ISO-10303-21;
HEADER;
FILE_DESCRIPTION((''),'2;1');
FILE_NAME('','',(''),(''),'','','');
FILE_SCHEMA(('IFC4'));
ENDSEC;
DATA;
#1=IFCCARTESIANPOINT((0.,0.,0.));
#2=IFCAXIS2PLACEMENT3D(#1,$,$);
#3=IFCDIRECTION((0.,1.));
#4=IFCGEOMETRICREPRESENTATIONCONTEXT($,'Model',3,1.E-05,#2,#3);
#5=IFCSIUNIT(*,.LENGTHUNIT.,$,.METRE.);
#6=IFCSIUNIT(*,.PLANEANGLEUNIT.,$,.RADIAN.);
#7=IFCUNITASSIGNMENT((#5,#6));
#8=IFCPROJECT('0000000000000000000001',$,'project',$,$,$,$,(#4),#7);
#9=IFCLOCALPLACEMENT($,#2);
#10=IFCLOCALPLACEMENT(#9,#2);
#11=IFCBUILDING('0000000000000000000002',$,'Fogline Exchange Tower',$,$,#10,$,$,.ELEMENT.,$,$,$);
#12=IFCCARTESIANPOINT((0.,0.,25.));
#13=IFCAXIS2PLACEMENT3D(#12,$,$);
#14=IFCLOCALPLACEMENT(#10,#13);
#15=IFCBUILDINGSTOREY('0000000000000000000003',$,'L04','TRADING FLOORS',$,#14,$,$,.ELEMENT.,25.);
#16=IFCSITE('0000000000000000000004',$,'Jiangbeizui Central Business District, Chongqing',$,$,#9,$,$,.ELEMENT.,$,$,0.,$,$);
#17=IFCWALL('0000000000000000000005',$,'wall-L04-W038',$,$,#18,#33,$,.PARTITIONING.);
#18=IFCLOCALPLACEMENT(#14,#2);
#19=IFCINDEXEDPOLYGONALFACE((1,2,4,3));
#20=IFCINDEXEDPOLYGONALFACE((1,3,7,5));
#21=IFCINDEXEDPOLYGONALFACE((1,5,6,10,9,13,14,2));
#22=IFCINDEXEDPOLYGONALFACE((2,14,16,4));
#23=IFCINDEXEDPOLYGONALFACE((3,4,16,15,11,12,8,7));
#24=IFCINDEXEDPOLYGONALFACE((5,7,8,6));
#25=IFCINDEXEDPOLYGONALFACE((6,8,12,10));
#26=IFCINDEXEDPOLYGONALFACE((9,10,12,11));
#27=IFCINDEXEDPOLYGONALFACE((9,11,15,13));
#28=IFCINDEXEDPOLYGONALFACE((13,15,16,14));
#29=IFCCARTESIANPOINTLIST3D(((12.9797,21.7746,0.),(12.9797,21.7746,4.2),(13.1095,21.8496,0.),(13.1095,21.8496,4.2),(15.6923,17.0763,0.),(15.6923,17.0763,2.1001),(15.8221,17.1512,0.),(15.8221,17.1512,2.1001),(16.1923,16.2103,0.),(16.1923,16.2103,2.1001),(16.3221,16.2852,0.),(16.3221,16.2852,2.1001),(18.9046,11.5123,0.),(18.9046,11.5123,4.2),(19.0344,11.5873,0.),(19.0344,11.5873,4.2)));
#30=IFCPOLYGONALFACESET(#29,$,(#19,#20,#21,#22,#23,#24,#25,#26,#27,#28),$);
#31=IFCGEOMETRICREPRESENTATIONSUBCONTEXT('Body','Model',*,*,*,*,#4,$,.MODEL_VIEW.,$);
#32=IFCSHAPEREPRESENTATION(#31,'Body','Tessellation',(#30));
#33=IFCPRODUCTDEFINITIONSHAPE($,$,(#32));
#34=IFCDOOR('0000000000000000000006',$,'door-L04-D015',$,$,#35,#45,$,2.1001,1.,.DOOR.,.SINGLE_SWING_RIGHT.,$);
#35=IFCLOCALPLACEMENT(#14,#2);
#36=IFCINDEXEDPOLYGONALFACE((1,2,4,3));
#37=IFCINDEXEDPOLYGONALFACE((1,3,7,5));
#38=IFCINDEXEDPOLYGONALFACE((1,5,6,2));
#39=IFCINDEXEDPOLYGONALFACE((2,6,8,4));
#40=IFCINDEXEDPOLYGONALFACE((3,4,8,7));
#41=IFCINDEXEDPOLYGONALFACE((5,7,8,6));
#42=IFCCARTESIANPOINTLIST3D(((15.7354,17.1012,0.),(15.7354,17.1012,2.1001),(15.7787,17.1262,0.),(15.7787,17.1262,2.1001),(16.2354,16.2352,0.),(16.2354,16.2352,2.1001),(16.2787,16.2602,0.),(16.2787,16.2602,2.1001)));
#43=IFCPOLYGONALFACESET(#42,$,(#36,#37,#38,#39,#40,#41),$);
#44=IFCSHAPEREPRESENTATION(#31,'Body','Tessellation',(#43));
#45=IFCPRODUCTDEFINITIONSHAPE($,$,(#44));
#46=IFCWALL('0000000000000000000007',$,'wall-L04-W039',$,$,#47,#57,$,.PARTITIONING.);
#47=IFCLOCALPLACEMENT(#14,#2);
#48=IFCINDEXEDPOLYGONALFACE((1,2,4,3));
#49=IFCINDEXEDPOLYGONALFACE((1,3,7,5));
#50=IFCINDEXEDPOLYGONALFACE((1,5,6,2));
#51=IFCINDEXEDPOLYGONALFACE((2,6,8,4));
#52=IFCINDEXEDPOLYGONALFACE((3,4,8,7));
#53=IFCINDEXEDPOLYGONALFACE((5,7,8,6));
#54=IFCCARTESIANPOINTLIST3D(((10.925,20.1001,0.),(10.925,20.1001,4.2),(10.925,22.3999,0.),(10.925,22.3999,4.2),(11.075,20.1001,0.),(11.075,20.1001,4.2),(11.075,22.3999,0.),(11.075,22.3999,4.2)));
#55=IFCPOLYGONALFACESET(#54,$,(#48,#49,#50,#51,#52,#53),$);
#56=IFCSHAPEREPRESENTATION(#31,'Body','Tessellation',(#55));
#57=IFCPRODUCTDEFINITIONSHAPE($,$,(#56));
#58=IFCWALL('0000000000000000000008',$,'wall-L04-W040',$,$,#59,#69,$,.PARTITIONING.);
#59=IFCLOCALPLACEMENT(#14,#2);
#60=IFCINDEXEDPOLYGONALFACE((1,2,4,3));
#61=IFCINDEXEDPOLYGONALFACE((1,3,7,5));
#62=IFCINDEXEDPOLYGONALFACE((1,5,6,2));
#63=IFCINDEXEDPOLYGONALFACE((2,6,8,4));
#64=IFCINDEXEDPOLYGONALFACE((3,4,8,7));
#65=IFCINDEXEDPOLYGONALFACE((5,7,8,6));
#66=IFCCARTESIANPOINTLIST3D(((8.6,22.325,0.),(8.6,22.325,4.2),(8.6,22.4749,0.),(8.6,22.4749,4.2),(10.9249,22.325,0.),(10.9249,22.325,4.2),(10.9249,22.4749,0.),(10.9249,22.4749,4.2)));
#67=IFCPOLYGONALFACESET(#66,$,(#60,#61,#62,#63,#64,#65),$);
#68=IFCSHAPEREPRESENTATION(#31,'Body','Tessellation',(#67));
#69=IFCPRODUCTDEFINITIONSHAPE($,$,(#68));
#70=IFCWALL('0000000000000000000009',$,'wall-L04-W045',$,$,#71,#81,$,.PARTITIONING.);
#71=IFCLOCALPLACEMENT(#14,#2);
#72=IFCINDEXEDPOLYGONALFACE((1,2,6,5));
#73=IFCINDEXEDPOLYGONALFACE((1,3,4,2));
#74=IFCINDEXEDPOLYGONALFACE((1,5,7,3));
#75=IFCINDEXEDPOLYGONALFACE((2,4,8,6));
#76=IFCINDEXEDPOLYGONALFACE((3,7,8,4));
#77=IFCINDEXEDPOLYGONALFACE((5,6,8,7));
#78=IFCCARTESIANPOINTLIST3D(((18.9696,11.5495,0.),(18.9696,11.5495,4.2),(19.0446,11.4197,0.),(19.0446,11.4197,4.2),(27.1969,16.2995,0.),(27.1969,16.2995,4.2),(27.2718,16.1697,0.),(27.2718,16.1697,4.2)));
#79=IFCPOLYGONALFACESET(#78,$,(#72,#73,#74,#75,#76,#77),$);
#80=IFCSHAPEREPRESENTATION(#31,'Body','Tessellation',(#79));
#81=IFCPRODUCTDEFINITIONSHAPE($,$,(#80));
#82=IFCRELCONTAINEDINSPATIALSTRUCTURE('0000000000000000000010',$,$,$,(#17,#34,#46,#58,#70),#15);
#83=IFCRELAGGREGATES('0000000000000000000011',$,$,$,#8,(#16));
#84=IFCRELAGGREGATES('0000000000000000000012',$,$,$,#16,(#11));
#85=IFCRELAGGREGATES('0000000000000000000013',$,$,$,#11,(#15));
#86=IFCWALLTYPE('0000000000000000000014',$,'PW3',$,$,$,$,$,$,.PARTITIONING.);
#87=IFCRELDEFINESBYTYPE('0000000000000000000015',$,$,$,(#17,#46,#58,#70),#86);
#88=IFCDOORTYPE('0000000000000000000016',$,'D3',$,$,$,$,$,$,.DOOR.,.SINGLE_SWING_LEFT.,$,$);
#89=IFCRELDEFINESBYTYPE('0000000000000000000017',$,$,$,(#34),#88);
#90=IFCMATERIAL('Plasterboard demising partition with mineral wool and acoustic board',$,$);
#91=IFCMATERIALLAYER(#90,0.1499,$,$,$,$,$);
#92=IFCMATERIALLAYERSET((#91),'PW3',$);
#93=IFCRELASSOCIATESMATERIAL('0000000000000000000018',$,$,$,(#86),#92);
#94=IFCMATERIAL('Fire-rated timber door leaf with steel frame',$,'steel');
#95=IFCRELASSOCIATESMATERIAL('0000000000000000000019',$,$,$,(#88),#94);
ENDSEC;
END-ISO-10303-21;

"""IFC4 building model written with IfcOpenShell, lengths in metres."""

from ifc_helpers import new_model, si_unit, direction, frame, frame_2d, origin, place, context, subcontext, project, spatial, rectangle, extrude, material, layer, layer_set, type_object, element, fill, save


model = new_model("IFC4")

# Units and contexts
model_context = context("Model", 3, precision=1e-05, world=origin(), true_north=direction((0.0, 1.0)))
body_context = subcontext(model_context, "Body", "Model", "MODEL_VIEW")
ifc_project = project(units=[si_unit("LENGTHUNIT", "METRE"), si_unit("PLANEANGLEUNIT", "RADIAN")], contexts=[model_context])

# Site, building, storey
site_placement = place(None, origin())
site = spatial("IfcSite", under=ifc_project, at=site_placement, Name="Jiangbeizui Central Business District, Chongqing", CompositionType="ELEMENT", RefElevation=0.0)
building_placement = place(site_placement, origin())
building = spatial("IfcBuilding", under=site, at=building_placement, Name="Fogline Exchange Tower", CompositionType="ELEMENT")
storey_placement = place(building_placement, frame((0.0, 0.0, 25.0)))
storey = spatial("IfcBuildingStorey", under=building, at=storey_placement, Name="L04", Description="TRADING FLOORS", CompositionType="ELEMENT", Elevation=25.0)

# Shared definitions
ifc_material_1 = material(Name="Plasterboard demising partition with mineral wool and acoustic board")
ifc_layer_1 = layer(ifc_material_1, 0.1499)
ifc_layer_set_1 = layer_set([ifc_layer_1], Name="PW3")
wall_type_1 = type_object("IfcWallType", Name="PW3", PredefinedType="PARTITIONING", material=ifc_layer_set_1)
ifc_material_2 = material(Name="Fire-rated timber door leaf with steel frame", Category="steel")
door_type_1 = type_object("IfcDoorType", Name="D3", OperationType="SINGLE_SWING_LEFT", PredefinedType="DOOR", material=ifc_material_2)

# Wall, opening, door
wall_1_placement = place(storey_placement, frame((13.0447, 21.812, 0.0), z_axis=(0.0, 0.0, 1.0), x_axis=(0.499995, -0.866028, 0.0)))
wall_1 = element("IfcWall", 1, at=wall_1_placement, inside=storey, type_object=wall_type_1, Name="wall-L04-W038", PredefinedType="PARTITIONING", context=body_context, shape_type="SweptSolid", body=[
    extrude(rectangle(XDim=11.8499, YDim=0.1499, at=frame_2d((5.9248, 0.0))), origin(), (0.0, 0.0, 1.0), 4.2),
])
opening_1_placement = place(wall_1_placement, frame((5.425, 0.0, 0.0)))
opening_1 = element("IfcOpeningElement", 2, at=opening_1_placement, cuts=wall_1, PredefinedType="OPENING", context=body_context, shape_type="SweptSolid", body=[
    extrude(rectangle(XDim=1.0, YDim=2.1001, at=frame_2d((0.5, 1.05))), frame((0.0, 0.085, 0.0), z_axis=(0.0, -1.0, 0.0), x_axis=(1.0, 0.0, 0.0)), (0.0, 0.0, 1.0), 0.1699),
])
door_1_placement = place(opening_1_placement, origin())
door_1 = element("IfcDoor", 3, at=door_1_placement, inside=storey, type_object=door_type_1, Name="door-L04-D015", OperationType="SINGLE_SWING_RIGHT", OverallHeight=2.1001, OverallWidth=1.0, PredefinedType="DOOR", context=body_context, shape_type="SweptSolid", body=[
    extrude(rectangle(XDim=1.0, YDim=2.1001, at=frame_2d((0.5, 1.05))), frame((0.0, 0.0249, 0.0), z_axis=(0.0, -1.0, 0.0), x_axis=(1.0, 0.0, 0.0)), (0.0, 0.0, 1.0), 0.05),
])
fill(opening_1, door_1)

# Walls
wall_2_placement = place(storey_placement, frame((11.0, 20.1001, 0.0), z_axis=(0.0, 0.0, 1.0), x_axis=(0.0, 1.0, 0.0)))
element("IfcWall", 4, at=wall_2_placement, inside=storey, type_object=wall_type_1, Name="wall-L04-W039", PredefinedType="PARTITIONING", context=body_context, shape_type="SweptSolid", body=[
    extrude(rectangle(XDim=2.2998, YDim=0.1499, at=frame_2d((1.1499, 0.0))), origin(), (0.0, 0.0, 1.0), 4.2),
])
wall_3_placement = place(storey_placement, frame((10.925, 22.3999, 0.0), z_axis=(0.0, 0.0, 1.0), x_axis=(-1.0, 0.0, 0.0)))
element("IfcWall", 5, at=wall_3_placement, inside=storey, type_object=wall_type_1, Name="wall-L04-W040", PredefinedType="PARTITIONING", context=body_context, shape_type="SweptSolid", body=[
    extrude(rectangle(XDim=2.325, YDim=0.1499, at=frame_2d((1.1626, 0.0))), origin(), (0.0, 0.0, 1.0), 4.2),
])
wall_4_placement = place(storey_placement, frame((19.0071, 11.4846, 0.0), z_axis=(0.0, 0.0, 1.0), x_axis=(0.866027, 0.499998, 0.0)))
element("IfcWall", 6, at=wall_4_placement, inside=storey, type_object=wall_type_1, Name="wall-L04-W045", PredefinedType="PARTITIONING", context=body_context, shape_type="SweptSolid", body=[
    extrude(rectangle(XDim=9.5, YDim=0.1499, at=frame_2d((4.75, 0.0))), origin(), (0.0, 0.0, 1.0), 4.2),
])

save(model, "model.ifc")
